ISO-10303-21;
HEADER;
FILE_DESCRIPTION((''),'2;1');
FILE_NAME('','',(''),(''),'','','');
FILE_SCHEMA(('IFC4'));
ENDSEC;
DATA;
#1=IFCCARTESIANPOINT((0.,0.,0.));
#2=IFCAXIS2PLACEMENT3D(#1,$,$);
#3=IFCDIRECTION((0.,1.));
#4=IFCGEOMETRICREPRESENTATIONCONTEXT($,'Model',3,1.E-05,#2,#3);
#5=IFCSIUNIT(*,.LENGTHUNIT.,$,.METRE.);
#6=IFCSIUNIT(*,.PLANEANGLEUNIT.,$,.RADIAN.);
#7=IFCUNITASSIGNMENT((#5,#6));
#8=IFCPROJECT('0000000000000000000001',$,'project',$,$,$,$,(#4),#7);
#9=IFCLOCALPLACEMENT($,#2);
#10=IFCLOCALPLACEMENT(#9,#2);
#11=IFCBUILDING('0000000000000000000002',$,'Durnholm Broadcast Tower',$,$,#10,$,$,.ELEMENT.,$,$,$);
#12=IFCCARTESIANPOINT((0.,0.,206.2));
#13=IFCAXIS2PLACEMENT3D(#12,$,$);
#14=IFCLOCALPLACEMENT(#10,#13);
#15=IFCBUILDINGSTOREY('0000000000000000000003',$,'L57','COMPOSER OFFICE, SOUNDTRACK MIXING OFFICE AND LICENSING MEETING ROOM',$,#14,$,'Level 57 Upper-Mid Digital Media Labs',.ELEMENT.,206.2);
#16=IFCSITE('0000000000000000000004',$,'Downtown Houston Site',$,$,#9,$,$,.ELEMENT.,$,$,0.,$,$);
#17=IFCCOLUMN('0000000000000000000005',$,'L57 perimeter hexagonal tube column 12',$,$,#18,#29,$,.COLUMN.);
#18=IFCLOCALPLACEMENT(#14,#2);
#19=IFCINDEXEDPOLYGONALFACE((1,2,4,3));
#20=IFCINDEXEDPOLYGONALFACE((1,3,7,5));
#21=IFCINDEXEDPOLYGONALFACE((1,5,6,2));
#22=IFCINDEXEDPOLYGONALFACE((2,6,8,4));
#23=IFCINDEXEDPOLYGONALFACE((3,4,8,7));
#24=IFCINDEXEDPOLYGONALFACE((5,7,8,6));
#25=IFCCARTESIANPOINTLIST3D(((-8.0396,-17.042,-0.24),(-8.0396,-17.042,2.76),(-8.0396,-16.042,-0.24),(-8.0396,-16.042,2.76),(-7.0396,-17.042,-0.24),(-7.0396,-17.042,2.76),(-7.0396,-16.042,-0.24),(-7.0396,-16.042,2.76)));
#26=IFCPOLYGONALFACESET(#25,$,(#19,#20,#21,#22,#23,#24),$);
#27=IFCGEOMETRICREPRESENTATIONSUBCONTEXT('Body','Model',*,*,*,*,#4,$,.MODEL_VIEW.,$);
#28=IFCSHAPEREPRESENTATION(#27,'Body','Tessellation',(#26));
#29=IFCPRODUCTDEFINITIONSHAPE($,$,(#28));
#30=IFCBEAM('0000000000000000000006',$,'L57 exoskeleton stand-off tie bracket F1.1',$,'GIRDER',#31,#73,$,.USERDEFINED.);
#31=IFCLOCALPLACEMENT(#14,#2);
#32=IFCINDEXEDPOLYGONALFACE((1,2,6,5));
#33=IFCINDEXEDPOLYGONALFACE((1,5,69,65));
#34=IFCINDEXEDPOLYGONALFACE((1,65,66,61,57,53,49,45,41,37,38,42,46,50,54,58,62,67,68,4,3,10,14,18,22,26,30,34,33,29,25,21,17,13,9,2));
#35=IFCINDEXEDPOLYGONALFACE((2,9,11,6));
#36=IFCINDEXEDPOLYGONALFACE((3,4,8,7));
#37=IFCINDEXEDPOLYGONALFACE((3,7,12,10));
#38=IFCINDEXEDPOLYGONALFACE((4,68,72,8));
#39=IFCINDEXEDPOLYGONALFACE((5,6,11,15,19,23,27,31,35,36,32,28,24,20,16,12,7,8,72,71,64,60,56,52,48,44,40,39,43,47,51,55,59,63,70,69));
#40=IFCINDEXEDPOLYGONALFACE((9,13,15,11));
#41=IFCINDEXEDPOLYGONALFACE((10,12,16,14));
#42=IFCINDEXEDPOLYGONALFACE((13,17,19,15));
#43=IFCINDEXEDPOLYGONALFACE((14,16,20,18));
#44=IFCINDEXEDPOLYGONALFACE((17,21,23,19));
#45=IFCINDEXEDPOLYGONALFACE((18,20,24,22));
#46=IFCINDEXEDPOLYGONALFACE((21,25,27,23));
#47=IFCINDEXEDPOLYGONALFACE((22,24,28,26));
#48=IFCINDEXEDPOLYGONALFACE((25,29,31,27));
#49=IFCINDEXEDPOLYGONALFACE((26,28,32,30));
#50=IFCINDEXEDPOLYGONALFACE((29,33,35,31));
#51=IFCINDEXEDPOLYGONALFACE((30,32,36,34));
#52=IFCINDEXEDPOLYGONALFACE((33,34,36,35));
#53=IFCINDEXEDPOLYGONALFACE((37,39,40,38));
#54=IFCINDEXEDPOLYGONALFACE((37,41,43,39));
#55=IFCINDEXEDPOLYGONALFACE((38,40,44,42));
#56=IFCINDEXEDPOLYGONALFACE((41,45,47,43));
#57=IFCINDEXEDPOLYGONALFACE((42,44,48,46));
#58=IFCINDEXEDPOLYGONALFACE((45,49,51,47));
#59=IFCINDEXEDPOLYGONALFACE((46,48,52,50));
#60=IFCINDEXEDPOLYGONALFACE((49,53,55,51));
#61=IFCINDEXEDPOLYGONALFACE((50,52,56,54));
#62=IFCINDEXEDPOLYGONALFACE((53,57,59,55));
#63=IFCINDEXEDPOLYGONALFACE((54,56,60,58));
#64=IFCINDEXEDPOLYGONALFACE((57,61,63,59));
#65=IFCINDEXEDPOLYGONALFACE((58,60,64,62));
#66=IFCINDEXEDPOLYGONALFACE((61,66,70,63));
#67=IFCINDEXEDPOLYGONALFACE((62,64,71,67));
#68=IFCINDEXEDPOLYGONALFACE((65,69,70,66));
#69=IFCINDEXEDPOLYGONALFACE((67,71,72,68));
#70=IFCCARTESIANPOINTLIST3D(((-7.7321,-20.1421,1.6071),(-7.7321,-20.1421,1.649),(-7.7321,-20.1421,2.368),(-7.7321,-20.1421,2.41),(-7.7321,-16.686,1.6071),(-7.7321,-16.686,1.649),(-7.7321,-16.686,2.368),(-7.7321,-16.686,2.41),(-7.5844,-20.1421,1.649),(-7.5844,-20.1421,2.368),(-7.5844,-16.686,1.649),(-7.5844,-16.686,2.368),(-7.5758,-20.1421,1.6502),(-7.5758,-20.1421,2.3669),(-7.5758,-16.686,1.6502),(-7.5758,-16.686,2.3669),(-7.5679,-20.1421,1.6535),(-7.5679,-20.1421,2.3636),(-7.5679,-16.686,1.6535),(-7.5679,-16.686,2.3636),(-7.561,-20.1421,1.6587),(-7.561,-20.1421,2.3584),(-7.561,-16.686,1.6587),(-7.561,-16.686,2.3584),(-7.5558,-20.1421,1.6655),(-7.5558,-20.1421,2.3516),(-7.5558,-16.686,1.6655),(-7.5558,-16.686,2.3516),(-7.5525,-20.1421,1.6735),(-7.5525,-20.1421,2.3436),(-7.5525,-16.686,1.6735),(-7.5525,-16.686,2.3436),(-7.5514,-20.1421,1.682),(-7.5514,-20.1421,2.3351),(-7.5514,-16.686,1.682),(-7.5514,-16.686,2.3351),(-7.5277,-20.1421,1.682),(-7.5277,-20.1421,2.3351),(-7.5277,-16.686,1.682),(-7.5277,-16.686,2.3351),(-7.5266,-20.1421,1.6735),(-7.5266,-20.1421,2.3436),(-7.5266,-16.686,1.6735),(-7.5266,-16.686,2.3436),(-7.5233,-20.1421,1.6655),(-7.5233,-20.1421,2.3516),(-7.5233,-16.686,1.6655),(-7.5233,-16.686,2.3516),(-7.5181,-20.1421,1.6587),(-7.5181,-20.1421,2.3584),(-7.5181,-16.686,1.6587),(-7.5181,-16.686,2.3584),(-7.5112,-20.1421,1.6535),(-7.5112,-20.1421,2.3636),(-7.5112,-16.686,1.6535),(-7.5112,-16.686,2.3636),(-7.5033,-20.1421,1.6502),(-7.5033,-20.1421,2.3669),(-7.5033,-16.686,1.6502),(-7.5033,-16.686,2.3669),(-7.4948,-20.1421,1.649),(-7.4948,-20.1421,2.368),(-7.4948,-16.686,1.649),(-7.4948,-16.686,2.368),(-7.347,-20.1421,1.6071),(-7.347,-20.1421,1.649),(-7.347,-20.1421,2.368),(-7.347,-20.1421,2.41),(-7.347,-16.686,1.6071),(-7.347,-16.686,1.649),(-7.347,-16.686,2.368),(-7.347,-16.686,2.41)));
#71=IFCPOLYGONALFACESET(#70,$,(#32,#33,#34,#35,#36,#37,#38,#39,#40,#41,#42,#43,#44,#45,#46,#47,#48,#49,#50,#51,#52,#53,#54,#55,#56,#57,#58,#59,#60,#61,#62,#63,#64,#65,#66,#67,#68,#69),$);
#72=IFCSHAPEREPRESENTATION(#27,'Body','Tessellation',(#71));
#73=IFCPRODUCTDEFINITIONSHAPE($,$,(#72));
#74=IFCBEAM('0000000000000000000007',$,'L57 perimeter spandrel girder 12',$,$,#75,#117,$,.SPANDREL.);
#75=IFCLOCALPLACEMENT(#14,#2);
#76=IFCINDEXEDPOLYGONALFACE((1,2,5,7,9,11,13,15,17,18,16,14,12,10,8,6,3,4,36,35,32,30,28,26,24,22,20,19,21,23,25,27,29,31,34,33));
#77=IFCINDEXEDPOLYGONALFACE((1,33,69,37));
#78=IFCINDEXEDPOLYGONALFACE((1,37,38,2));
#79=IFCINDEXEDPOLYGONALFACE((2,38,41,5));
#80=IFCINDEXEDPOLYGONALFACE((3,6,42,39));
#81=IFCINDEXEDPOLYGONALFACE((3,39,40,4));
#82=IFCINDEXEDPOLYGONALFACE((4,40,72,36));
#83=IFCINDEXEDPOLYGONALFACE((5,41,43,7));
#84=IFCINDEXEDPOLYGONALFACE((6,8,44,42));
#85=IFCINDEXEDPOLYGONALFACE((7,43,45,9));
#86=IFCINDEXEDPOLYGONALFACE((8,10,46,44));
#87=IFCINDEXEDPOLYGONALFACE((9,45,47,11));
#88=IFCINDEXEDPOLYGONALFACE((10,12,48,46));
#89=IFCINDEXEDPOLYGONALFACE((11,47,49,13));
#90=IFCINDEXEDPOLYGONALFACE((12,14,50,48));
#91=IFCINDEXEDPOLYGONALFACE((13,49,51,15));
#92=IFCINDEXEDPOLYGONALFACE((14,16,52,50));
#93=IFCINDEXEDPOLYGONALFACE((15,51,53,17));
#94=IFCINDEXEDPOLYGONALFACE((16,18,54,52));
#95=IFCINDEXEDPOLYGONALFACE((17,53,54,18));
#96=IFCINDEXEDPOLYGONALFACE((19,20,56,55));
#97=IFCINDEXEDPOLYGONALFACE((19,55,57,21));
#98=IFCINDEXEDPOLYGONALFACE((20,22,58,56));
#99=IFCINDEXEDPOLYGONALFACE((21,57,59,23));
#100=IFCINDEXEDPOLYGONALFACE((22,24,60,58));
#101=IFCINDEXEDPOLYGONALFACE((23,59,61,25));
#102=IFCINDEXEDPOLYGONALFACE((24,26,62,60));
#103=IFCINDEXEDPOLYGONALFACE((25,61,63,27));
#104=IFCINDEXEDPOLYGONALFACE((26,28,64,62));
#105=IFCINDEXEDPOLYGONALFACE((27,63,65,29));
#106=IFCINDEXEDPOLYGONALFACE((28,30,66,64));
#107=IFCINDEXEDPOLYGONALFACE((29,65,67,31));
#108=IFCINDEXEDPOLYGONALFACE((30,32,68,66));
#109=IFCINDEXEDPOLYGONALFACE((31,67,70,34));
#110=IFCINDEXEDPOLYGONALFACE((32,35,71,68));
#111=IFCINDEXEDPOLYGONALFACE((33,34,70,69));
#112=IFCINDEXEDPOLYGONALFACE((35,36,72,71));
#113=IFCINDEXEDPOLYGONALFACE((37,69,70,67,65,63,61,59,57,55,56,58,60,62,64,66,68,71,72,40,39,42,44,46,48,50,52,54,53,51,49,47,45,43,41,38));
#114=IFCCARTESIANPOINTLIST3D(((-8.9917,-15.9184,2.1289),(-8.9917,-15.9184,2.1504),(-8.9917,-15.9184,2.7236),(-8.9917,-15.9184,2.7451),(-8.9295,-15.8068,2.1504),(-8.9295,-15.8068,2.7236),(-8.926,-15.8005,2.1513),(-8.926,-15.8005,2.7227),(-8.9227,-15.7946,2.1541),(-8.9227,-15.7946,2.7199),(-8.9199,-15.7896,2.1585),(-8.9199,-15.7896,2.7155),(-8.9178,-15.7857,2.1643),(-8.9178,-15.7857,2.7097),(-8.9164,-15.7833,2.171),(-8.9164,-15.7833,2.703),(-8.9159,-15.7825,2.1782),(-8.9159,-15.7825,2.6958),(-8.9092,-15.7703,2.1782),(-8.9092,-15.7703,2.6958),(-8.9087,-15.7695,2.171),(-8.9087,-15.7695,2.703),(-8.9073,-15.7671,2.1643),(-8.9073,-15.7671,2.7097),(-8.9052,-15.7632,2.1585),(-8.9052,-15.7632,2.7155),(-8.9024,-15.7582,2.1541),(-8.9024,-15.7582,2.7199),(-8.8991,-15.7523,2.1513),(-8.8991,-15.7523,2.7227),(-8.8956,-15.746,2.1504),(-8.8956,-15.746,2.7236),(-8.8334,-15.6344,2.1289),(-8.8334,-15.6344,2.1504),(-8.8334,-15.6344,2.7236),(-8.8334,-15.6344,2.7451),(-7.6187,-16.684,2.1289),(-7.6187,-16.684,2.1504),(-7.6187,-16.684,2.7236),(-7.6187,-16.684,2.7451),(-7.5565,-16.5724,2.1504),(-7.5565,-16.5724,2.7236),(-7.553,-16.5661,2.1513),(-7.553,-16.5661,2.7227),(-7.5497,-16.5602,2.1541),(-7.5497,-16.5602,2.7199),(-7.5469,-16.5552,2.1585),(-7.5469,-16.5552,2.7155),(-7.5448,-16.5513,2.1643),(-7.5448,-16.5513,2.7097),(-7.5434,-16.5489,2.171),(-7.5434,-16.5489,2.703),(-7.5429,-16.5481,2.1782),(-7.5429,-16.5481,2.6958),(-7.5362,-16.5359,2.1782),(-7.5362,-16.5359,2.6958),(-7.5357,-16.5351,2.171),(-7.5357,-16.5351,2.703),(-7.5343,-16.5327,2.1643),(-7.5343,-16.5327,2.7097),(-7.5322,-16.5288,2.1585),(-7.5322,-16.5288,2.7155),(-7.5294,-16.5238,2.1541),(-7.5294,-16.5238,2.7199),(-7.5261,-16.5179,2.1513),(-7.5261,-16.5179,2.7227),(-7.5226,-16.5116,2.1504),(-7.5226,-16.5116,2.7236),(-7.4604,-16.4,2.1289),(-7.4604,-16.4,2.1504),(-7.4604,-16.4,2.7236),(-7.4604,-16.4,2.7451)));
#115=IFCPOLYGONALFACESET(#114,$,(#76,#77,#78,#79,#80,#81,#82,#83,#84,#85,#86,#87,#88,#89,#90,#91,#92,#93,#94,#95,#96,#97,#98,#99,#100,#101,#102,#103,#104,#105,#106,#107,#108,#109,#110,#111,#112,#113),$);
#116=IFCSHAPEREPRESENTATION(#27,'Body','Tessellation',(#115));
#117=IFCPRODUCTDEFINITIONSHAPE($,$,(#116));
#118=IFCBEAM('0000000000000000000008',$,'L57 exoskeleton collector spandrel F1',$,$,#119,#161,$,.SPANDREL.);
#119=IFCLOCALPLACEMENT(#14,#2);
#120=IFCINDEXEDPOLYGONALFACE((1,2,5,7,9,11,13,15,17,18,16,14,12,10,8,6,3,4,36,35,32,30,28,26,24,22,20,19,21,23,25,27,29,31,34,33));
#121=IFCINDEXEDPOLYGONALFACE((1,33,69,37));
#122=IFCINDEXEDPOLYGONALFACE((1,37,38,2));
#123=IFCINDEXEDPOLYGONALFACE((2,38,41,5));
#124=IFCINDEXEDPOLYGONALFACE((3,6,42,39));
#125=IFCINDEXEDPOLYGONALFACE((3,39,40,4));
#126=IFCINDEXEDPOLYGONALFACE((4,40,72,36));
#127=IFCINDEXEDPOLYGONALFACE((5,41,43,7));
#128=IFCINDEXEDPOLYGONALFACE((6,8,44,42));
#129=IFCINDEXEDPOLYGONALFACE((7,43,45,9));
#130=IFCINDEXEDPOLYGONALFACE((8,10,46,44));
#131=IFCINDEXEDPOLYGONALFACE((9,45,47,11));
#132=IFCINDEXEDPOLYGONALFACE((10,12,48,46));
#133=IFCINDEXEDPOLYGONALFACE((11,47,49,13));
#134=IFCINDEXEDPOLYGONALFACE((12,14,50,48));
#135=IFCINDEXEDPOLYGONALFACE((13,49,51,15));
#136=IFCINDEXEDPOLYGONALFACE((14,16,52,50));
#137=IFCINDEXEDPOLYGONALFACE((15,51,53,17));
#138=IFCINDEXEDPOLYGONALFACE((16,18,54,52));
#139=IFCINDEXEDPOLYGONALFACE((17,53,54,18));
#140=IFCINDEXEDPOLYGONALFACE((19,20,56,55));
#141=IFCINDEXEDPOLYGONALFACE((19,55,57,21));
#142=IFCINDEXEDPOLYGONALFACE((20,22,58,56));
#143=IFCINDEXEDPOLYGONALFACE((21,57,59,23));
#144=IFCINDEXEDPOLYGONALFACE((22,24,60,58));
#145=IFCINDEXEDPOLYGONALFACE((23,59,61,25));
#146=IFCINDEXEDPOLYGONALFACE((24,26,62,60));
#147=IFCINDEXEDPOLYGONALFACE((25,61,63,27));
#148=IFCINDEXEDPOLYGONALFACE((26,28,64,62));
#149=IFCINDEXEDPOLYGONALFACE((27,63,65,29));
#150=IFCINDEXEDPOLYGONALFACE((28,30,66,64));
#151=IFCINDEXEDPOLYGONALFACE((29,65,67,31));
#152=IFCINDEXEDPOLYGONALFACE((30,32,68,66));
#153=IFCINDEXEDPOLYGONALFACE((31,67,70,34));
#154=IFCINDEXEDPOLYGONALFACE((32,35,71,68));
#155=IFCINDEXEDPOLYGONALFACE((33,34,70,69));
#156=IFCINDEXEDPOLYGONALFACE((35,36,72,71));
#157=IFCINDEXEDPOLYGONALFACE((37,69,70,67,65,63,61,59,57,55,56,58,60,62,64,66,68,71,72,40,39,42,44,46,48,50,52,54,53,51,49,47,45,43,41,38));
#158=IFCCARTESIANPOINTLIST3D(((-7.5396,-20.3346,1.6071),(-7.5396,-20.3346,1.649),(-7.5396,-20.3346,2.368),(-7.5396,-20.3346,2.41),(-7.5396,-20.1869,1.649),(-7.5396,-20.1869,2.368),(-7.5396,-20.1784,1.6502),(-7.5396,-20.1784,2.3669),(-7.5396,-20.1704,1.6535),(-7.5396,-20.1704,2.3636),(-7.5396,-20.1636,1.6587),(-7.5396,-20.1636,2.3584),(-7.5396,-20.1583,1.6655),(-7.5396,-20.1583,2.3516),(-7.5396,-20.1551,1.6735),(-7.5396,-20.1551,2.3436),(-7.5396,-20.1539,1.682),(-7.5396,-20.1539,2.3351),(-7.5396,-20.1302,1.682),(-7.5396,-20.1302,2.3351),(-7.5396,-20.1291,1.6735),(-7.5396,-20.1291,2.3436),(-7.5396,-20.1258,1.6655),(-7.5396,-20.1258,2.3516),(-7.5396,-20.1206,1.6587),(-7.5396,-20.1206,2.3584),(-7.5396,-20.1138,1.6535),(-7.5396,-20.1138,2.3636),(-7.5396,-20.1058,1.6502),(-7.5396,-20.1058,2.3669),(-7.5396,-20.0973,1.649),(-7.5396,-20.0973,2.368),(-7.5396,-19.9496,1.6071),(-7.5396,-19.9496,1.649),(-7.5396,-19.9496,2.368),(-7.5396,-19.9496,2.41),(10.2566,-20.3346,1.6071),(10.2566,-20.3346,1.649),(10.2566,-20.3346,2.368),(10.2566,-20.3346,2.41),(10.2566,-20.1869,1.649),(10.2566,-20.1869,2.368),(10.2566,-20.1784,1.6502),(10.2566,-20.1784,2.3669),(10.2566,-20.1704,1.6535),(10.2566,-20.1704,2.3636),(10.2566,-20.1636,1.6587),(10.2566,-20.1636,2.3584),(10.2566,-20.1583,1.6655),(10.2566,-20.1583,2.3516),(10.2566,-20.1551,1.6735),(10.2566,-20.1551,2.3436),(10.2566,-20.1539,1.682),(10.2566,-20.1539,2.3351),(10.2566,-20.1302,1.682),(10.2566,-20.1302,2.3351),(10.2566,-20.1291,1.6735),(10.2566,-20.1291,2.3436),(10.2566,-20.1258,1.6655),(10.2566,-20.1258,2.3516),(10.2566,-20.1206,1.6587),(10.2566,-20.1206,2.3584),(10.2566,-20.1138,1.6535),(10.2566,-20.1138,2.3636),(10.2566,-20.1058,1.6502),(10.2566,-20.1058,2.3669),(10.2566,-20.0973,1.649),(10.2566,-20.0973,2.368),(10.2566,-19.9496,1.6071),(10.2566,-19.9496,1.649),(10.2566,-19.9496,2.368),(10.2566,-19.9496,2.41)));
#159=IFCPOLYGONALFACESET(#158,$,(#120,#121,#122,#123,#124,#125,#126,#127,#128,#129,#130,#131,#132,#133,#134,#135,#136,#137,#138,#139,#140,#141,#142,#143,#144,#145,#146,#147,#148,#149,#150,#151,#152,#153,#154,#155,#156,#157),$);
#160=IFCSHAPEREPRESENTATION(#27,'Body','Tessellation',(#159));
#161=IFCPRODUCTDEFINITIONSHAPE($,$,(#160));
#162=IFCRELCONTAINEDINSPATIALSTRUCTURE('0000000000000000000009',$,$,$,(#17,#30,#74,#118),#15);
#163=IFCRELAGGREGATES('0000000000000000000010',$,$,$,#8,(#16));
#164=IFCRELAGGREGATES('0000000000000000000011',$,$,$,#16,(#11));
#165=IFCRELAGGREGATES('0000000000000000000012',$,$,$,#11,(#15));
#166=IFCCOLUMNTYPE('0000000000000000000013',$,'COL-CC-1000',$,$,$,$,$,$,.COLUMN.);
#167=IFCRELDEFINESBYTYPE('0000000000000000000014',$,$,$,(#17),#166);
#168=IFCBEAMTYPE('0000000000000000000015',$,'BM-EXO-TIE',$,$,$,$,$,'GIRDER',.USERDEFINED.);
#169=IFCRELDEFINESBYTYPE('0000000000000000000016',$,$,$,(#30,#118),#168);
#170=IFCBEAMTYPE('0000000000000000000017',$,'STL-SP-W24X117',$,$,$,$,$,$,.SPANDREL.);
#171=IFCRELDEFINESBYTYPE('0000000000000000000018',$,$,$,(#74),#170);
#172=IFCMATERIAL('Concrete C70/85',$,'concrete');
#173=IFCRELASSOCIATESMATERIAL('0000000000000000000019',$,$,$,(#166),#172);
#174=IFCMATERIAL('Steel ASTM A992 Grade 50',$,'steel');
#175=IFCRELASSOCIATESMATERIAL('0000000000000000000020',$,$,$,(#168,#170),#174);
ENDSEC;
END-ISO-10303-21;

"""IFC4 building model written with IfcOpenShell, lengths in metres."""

from ifc_helpers import new_model, si_unit, direction, frame, origin, origin_2d, place, context, subcontext, project, spatial, rectangle, i_section, extrude, source, transform, mapped, material, material_profile, profile_set, type_object, type_shapes, element, save


model = new_model("IFC4")

# Units and contexts
model_context = context("Model", 3, precision=1e-05, world=origin(), true_north=direction((0.0, 1.0)))
body_context = subcontext(model_context, "Body", "Model", "MODEL_VIEW")
ifc_project = project(units=[si_unit("LENGTHUNIT", "METRE"), si_unit("PLANEANGLEUNIT", "RADIAN")], contexts=[model_context])

# Site, building, storey
site_placement = place(None, origin())
site = spatial("IfcSite", under=ifc_project, at=site_placement, Name="Downtown Houston Site", CompositionType="ELEMENT", RefElevation=0.0)
building_placement = place(site_placement, origin())
building = spatial("IfcBuilding", under=site, at=building_placement, Name="Durnholm Broadcast Tower", CompositionType="ELEMENT")
storey_placement = place(building_placement, frame((0.0, 0.0, 206.2)))
storey = spatial("IfcBuildingStorey", under=building, at=storey_placement, Name="L57", Description="COMPOSER OFFICE, SOUNDTRACK MIXING OFFICE AND LICENSING MEETING ROOM", LongName="Level 57 Upper-Mid Digital Media Labs", CompositionType="ELEMENT", Elevation=206.2)

# Column
ifc_material_1 = material(Name="Concrete C70/85", Category="concrete")
ifc_material_profile_1 = material_profile(ifc_material_1, rectangle(XDim=1.0, YDim=1.0, at=origin_2d()), Name="RC1000X1000")
ifc_profile_set_1 = profile_set([ifc_material_profile_1], Name="Concrete C70/85")
column_type = type_object("IfcColumnType", Name="COL-CC-1000", PredefinedType="COLUMN", material=ifc_profile_set_1)
shared_shape_1 = source(origin(), body_context, "Body", "SweptSolid", [
    extrude(rectangle(XDim=1.0, YDim=1.0, at=origin_2d()), origin(), (0.0, 0.0, 1.0), 3.0),
])
type_shapes(column_type, [shared_shape_1])
column_placement = place(storey_placement, frame((-7.5396, -16.542, -0.24), z_axis=(0.0, 0.0, 1.0), x_axis=(1.0, 0.0, 0.0)))
element("IfcColumn", 1, at=column_placement, inside=storey, type_object=column_type, Name="L57 perimeter hexagonal tube column 12", PredefinedType="COLUMN", context=body_context, shape_type="MappedRepresentation", body=[
    mapped(shared_shape_1, transform((0.0, 0.0, 0.0), x_axis=(1.0, 0.0, 0.0), y_axis=(0.0, 1.0, 0.0), z_axis=(0.0, 0.0, 1.0), scale=1.0)),
])

# Beams
ifc_material_2 = material(Name="Steel ASTM A992 Grade 50", Category="steel")
ifc_material_profile_2 = material_profile(ifc_material_2, i_section(OverallWidth=0.385, OverallDepth=0.803, WebThickness=0.0237, FlangeThickness=0.042, FilletRadius=0.033, at=origin_2d()), Name="W30X261")
ifc_profile_set_2 = profile_set([ifc_material_profile_2], Name="Steel ASTM A992 Grade 50")
beam_type_1 = type_object("IfcBeamType", Name="BM-EXO-TIE", ElementType="GIRDER", PredefinedType="USERDEFINED", material=ifc_profile_set_2)
shared_shape_2 = source(origin(), body_context, "Body", "SweptSolid", [
    extrude(i_section(OverallWidth=0.385, OverallDepth=0.803, WebThickness=0.0237, FlangeThickness=0.042, FilletRadius=0.033, at=origin_2d()), origin(), (0.0, 0.0, 1.0), 3.4561),
])
beam_1_placement = place(storey_placement, frame((-7.5396, -16.686, 2.0085), z_axis=(0.0, -1.0, 0.0), x_axis=(1.0, 0.0, 0.0)))
element("IfcBeam", 2, at=beam_1_placement, inside=storey, type_object=beam_type_1, Name="L57 exoskeleton stand-off tie bracket F1.1", ObjectType="GIRDER", PredefinedType="USERDEFINED", context=body_context, shape_type="MappedRepresentation", body=[
    mapped(shared_shape_2, transform((0.0, 0.0, 0.0), x_axis=(1.0, 0.0, 0.0), y_axis=(0.0, 1.0, 0.0), z_axis=(0.0, 0.0, 1.0), scale=1.0)),
])
ifc_material_profile_3 = material_profile(ifc_material_2, i_section(OverallWidth=0.3252, OverallDepth=0.6162, WebThickness=0.0139, FlangeThickness=0.0215, FilletRadius=0.0278, at=origin_2d()), Name="W24X117")
ifc_profile_set_3 = profile_set([ifc_material_profile_3], Name="Steel ASTM A992 Grade 50")
beam_type_2 = type_object("IfcBeamType", Name="STL-SP-W24X117", PredefinedType="SPANDREL", material=ifc_profile_set_3)
shared_shape_3 = source(origin(), body_context, "Body", "SweptSolid", [
    extrude(i_section(OverallWidth=0.3252, OverallDepth=0.6162, WebThickness=0.0139, FlangeThickness=0.0215, FilletRadius=0.0278, at=origin_2d()), origin(), (0.0, 0.0, 1.0), 1.572),
])
type_shapes(beam_type_2, [shared_shape_3])
beam_2_placement = place(storey_placement, frame((-7.5396, -16.542, 2.437), z_axis=(-0.873394, 0.487014, 0.0), x_axis=(-0.487014, -0.873394, 0.0)))
element("IfcBeam", 3, at=beam_2_placement, inside=storey, type_object=beam_type_2, Name="L57 perimeter spandrel girder 12", PredefinedType="SPANDREL", context=body_context, shape_type="MappedRepresentation", body=[
    mapped(shared_shape_3, transform((0.0, 0.0, 0.0), x_axis=(1.0, 0.0, 0.0), y_axis=(0.0, 1.0, 0.0), z_axis=(0.0, 0.0, 1.0), scale=1.0)),
])
shared_shape_4 = source(origin(), body_context, "Body", "SweptSolid", [
    extrude(i_section(OverallWidth=0.385, OverallDepth=0.803, WebThickness=0.0237, FlangeThickness=0.042, FilletRadius=0.033, at=origin_2d()), origin(), (0.0, 0.0, 1.0), 17.7961),
])
type_shapes(beam_type_1, [shared_shape_2, shared_shape_4])
beam_3_placement = place(storey_placement, frame((-7.5396, -20.1421, 2.0085), z_axis=(1.0, 0.0, 0.0), x_axis=(0.0, 1.0, 0.0)))
element("IfcBeam", 4, at=beam_3_placement, inside=storey, type_object=beam_type_1, Name="L57 exoskeleton collector spandrel F1", PredefinedType="SPANDREL", context=body_context, shape_type="MappedRepresentation", body=[
    mapped(shared_shape_4, transform((0.0, 0.0, 0.0), x_axis=(1.0, 0.0, 0.0), y_axis=(0.0, 1.0, 0.0), z_axis=(0.0, 0.0, 1.0), scale=1.0)),
])

save(model, "model.ifc")
